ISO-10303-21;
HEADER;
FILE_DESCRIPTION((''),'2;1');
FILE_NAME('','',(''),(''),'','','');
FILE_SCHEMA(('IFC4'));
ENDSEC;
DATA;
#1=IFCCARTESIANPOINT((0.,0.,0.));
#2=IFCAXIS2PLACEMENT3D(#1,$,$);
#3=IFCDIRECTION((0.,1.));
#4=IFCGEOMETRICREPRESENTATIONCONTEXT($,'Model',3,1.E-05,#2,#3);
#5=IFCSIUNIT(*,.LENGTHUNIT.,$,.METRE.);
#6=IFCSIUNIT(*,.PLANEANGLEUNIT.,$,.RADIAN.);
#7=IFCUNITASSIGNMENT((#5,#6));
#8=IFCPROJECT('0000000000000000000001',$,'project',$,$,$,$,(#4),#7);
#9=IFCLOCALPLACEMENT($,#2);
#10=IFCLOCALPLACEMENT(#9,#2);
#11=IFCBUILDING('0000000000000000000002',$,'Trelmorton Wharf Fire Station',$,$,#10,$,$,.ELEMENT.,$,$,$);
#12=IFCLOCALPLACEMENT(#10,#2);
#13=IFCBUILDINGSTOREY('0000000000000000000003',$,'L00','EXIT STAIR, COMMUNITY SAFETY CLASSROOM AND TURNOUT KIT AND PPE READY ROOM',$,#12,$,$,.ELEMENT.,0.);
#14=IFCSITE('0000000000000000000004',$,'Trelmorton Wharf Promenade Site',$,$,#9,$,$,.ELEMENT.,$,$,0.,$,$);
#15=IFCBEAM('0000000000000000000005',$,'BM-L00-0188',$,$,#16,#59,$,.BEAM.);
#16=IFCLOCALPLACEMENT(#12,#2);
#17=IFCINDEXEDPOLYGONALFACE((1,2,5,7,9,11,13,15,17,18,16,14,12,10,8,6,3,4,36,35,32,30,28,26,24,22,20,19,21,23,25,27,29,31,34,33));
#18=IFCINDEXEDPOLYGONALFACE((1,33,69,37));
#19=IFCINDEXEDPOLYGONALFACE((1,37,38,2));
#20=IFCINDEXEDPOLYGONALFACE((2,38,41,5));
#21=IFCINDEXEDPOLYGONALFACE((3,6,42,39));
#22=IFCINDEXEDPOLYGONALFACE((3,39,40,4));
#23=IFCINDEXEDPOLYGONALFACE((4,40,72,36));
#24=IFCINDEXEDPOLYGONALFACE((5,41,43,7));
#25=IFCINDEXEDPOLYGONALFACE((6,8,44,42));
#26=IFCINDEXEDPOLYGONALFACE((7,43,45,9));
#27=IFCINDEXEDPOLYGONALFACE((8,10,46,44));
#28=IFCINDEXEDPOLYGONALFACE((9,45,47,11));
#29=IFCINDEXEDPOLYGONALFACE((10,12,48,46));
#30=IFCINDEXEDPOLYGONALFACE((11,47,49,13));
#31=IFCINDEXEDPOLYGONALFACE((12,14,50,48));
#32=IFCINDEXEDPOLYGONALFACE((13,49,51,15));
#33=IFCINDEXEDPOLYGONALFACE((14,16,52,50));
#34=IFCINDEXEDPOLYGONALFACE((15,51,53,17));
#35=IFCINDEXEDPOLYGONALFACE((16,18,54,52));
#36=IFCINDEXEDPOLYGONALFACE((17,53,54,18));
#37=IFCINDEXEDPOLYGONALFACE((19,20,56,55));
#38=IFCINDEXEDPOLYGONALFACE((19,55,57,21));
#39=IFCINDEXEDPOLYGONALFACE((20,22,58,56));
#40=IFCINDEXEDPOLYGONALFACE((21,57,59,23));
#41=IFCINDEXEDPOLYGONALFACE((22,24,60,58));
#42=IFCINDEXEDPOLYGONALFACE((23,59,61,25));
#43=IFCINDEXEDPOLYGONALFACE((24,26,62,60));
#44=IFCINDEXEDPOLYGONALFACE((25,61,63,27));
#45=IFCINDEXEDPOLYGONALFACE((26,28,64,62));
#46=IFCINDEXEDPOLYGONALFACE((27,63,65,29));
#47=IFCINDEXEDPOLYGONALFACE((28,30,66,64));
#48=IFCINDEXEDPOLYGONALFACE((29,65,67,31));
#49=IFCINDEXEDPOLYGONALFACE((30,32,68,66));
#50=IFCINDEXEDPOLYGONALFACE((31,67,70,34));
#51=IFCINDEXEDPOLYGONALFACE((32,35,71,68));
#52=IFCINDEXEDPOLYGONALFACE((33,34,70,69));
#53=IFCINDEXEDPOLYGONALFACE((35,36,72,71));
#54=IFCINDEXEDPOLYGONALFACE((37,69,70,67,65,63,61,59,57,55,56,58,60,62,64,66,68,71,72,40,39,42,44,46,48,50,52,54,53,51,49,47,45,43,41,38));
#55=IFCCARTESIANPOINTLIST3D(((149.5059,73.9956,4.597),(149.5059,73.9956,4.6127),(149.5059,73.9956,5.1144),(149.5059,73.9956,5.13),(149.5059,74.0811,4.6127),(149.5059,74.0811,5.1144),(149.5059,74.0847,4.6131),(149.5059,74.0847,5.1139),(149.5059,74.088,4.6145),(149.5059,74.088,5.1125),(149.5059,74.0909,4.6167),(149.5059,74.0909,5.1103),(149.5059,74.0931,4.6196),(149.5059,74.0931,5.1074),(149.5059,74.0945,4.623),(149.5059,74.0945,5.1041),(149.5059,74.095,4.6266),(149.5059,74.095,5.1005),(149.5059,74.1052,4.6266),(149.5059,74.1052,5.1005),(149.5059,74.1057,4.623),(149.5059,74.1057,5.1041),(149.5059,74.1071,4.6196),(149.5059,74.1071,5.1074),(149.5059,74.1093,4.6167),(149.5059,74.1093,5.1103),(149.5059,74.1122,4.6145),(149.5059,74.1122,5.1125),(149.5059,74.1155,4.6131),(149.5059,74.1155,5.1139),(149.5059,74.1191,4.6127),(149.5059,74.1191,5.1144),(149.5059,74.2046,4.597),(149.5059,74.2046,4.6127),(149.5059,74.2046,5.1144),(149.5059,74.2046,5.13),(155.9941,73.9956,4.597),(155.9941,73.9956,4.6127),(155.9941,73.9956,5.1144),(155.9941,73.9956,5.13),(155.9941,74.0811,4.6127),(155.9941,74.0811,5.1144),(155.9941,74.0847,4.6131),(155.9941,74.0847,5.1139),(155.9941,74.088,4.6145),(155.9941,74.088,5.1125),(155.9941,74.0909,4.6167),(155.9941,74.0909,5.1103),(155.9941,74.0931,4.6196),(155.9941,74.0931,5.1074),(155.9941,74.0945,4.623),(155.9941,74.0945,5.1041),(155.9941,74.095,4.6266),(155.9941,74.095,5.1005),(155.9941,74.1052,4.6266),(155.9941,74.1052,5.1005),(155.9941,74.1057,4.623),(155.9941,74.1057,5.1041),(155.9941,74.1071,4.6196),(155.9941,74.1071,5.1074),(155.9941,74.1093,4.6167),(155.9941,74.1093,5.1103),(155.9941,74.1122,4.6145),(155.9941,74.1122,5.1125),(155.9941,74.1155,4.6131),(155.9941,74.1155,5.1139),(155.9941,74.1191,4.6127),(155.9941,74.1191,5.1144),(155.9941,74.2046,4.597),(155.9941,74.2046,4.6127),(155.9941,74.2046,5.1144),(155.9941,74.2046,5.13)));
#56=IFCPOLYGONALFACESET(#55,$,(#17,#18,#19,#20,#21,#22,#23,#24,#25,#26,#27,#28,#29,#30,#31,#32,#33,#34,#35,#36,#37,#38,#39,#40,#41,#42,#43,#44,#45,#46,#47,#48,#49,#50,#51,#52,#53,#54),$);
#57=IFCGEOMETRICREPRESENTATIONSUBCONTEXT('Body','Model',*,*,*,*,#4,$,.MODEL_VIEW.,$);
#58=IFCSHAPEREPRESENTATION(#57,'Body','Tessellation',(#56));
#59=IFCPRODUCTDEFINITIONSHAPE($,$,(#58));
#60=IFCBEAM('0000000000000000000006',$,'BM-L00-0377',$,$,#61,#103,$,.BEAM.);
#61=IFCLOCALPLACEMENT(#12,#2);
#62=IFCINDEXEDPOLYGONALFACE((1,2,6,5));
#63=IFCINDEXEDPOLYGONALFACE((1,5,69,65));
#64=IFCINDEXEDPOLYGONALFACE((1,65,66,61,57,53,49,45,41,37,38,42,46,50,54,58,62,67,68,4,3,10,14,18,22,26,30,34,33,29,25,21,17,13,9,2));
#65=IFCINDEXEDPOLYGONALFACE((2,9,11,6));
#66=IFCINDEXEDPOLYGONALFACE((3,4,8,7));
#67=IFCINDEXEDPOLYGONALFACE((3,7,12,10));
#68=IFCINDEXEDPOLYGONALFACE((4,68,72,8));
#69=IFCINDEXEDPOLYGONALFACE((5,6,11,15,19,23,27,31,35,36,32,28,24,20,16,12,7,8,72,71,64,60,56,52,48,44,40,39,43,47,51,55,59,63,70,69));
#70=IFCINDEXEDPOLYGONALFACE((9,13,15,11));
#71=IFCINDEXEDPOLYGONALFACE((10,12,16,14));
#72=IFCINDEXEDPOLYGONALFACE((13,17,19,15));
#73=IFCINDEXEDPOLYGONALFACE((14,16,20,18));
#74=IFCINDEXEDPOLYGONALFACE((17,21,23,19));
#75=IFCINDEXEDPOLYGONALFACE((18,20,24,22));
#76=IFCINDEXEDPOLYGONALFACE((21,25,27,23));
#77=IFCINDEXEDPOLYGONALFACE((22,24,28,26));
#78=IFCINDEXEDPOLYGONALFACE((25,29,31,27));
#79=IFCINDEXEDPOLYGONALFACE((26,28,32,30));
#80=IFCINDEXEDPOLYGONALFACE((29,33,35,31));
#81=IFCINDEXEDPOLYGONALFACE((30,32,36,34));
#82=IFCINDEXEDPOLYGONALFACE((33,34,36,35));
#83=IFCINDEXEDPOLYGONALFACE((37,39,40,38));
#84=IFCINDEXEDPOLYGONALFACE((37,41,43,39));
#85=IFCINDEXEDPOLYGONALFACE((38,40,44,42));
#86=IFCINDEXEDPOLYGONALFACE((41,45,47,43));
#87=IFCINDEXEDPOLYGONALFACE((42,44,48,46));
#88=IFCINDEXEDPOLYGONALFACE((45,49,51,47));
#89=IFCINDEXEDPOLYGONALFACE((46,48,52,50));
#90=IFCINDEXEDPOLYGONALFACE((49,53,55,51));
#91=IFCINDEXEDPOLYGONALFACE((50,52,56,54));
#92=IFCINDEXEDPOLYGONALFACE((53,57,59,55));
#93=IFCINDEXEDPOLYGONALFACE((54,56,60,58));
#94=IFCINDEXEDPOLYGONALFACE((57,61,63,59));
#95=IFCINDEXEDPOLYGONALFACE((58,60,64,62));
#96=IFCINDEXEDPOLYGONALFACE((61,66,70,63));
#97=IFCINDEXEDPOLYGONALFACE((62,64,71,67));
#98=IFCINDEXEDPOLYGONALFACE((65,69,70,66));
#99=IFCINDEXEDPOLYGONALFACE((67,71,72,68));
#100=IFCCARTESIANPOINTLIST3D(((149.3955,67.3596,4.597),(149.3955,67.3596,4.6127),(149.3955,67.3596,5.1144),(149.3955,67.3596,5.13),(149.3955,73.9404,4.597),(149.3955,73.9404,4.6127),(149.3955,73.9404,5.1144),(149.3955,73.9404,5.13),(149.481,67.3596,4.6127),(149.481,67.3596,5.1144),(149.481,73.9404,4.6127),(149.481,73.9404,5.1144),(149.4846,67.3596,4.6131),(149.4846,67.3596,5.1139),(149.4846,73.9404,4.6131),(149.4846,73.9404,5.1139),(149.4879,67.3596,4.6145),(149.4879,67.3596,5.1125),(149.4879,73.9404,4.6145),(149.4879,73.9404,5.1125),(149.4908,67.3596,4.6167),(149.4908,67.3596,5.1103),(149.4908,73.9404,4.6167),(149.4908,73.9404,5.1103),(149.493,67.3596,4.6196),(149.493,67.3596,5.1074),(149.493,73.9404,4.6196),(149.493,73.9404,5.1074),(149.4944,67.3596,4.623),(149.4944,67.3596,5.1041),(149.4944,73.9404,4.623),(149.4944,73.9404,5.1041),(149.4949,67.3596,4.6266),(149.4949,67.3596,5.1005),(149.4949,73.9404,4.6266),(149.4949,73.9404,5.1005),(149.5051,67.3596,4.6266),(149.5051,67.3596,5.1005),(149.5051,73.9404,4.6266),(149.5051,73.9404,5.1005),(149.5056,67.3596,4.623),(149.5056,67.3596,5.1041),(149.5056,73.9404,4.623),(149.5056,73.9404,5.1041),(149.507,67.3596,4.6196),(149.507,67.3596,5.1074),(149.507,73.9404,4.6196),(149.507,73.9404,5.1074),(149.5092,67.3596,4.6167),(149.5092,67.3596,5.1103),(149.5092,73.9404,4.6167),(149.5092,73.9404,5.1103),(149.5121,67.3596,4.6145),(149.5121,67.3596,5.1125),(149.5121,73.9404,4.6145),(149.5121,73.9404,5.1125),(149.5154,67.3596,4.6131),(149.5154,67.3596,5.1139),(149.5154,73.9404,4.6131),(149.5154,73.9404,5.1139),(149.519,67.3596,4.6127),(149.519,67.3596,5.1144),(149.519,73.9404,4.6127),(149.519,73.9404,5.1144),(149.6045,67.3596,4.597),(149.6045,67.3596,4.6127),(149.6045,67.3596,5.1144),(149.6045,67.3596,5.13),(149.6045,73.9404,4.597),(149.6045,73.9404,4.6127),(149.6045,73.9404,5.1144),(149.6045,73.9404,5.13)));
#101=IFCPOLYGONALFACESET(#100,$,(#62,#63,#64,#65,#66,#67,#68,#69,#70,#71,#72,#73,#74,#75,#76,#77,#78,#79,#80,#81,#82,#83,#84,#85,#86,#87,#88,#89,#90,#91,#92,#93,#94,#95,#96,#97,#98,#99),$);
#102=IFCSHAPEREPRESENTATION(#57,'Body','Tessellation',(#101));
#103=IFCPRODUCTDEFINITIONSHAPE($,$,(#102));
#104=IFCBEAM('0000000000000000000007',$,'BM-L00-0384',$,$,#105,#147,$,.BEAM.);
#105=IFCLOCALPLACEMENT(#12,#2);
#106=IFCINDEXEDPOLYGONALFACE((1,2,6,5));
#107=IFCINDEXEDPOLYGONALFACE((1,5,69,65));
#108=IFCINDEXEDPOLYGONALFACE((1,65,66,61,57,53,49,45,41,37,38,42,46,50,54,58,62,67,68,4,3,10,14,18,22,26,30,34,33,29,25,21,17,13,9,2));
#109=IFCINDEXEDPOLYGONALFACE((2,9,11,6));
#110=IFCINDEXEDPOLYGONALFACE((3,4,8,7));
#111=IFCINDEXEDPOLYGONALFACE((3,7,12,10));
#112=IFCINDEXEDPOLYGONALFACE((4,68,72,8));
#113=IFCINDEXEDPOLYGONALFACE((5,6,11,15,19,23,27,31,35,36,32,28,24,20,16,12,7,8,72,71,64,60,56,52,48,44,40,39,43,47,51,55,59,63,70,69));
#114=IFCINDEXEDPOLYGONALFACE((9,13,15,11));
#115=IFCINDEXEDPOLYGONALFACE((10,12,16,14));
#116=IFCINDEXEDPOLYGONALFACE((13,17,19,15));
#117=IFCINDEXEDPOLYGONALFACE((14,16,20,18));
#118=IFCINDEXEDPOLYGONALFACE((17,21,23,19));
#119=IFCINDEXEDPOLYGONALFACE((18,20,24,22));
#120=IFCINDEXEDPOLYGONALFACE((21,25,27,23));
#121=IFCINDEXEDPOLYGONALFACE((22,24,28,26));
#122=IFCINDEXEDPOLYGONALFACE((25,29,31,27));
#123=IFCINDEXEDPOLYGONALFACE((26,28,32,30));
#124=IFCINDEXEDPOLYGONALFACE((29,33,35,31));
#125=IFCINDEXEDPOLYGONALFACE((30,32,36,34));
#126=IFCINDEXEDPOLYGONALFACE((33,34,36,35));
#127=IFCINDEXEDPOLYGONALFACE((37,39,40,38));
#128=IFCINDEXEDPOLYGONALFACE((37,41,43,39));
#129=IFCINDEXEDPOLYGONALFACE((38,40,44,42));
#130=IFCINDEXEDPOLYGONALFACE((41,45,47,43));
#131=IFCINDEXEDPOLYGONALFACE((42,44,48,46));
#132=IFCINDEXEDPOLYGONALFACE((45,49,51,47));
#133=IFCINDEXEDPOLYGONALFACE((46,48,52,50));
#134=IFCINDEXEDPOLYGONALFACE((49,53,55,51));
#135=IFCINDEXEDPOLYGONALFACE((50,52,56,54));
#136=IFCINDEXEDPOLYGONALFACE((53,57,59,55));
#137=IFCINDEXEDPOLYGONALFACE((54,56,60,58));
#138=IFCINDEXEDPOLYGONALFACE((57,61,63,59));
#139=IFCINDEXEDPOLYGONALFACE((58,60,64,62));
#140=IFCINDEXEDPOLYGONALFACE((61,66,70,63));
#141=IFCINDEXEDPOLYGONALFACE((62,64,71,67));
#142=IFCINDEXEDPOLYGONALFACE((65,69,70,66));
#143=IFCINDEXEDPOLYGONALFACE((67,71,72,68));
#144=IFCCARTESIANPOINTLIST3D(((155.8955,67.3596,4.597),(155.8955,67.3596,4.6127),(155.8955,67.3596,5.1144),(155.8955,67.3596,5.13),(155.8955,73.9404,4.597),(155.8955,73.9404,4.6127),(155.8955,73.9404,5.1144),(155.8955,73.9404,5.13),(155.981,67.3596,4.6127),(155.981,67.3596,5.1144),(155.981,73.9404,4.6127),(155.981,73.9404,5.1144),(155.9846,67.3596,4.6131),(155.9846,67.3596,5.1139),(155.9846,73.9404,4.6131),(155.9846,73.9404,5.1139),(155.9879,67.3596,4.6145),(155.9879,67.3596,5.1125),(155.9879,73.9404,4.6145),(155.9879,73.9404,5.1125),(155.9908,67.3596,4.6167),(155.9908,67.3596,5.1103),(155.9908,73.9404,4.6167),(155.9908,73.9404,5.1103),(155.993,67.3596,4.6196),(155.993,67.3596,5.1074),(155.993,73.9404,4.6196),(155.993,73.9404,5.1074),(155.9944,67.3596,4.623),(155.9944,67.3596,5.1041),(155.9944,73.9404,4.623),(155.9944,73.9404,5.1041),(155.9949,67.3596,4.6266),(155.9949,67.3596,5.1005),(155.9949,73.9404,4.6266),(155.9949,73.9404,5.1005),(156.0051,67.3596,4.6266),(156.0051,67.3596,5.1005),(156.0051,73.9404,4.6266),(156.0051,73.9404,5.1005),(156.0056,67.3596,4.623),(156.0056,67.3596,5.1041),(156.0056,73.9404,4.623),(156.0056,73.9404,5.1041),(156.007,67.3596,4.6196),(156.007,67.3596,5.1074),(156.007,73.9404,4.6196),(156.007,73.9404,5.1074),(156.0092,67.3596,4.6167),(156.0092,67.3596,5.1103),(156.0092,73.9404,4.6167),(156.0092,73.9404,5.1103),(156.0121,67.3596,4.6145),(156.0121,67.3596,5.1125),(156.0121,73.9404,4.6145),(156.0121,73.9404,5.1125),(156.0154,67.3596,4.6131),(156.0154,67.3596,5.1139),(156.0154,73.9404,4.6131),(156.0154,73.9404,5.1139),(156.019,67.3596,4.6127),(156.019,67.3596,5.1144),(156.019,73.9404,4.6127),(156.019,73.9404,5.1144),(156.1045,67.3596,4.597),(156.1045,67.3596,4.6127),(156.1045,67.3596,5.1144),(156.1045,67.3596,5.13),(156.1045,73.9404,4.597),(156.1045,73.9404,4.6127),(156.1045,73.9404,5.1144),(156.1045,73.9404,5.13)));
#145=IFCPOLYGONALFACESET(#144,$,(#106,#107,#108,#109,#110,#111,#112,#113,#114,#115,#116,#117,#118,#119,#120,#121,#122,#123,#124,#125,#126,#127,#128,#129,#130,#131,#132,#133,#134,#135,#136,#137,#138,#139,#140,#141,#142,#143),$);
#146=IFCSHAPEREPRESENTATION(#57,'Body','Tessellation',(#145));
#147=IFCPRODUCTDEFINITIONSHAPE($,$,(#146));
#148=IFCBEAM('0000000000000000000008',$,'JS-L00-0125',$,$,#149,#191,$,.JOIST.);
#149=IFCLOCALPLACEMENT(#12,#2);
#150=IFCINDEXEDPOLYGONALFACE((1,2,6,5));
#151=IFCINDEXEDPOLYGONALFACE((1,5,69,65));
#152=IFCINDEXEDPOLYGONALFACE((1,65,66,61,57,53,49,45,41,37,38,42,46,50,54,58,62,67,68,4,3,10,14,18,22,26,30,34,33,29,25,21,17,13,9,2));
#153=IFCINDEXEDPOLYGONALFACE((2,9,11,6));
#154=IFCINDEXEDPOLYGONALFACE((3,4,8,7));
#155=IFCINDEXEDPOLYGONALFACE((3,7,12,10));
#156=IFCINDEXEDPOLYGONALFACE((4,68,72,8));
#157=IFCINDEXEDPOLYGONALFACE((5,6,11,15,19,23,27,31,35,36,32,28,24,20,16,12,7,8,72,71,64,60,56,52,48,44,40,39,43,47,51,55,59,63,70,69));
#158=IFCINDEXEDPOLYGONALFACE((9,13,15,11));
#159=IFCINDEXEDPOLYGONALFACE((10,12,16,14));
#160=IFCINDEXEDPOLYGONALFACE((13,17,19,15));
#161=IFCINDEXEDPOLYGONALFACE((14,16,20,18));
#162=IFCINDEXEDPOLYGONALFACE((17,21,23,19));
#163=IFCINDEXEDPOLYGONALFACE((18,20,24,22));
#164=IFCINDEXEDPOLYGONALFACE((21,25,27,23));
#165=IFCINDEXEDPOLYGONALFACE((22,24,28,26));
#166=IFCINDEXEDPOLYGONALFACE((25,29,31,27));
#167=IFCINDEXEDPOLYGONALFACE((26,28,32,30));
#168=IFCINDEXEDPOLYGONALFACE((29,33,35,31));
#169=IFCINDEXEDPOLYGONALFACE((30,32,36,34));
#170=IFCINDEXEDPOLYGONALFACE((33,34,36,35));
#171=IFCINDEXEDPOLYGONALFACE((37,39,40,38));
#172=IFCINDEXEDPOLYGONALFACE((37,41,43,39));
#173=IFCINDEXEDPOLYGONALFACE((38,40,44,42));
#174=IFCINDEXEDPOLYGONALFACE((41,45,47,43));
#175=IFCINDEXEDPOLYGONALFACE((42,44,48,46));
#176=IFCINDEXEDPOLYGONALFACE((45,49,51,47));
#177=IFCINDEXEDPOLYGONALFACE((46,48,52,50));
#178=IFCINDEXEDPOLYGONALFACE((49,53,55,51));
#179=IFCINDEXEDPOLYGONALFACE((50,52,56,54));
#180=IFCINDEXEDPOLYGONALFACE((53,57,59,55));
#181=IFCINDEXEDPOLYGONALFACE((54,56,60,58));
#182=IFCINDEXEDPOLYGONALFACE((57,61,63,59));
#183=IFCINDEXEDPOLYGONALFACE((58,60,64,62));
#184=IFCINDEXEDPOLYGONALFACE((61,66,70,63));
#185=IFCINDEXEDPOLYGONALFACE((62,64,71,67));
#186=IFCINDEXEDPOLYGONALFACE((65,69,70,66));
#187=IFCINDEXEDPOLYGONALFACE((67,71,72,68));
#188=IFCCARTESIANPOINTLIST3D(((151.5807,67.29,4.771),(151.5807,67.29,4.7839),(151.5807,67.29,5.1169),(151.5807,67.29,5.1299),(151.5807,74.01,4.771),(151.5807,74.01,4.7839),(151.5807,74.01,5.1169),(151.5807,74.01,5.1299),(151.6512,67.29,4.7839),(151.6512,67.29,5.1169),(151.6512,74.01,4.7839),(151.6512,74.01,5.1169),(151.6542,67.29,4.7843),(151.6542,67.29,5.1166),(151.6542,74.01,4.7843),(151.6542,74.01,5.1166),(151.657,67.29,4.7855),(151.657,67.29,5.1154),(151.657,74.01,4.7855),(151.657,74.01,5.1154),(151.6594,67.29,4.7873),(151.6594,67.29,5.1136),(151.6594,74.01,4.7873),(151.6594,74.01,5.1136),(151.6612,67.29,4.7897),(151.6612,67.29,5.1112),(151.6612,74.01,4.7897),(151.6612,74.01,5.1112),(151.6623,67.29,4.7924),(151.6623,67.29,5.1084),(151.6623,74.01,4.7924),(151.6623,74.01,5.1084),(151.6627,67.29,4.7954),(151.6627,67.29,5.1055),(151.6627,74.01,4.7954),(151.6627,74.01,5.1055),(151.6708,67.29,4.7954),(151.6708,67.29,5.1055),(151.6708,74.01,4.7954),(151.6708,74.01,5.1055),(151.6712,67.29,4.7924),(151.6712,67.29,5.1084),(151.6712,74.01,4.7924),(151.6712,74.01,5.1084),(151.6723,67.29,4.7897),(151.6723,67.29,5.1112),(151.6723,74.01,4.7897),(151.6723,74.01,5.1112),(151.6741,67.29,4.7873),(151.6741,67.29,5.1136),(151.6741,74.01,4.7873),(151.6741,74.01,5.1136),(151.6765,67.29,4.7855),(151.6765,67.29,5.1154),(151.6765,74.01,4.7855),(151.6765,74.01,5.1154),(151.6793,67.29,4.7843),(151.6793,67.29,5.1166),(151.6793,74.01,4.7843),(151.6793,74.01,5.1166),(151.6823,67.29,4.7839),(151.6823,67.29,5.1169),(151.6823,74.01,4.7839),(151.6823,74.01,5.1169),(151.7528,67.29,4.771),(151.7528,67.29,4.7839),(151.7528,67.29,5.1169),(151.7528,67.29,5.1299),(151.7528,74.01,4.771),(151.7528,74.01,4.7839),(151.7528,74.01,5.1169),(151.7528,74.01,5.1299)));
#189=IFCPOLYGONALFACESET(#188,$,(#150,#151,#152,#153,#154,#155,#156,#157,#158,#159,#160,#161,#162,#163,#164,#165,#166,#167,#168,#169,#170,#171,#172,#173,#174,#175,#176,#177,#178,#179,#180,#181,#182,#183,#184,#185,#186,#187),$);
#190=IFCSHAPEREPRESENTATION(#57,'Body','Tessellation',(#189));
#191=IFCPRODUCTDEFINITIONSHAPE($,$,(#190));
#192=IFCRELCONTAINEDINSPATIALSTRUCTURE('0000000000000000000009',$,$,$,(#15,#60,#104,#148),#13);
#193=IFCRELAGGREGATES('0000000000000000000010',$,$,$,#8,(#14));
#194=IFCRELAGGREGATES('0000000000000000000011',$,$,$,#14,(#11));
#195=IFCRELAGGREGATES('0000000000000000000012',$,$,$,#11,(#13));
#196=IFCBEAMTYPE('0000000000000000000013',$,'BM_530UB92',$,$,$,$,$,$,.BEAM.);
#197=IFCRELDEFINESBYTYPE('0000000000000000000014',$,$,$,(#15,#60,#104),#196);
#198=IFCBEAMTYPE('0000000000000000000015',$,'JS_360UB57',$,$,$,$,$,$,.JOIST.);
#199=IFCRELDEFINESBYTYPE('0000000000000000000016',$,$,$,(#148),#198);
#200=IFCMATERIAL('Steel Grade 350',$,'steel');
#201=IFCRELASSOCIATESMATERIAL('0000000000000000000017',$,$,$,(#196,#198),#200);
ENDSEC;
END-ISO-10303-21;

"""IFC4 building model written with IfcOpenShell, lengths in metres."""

from ifc_helpers import new_model, si_unit, direction, frame, origin, origin_2d, place, context, subcontext, project, spatial, i_section, extrude, material, material_profile, profile_set, type_object, element, save


model = new_model("IFC4")

# Units and contexts
model_context = context("Model", 3, precision=1e-05, world=origin(), true_north=direction((0.0, 1.0)))
body_context = subcontext(model_context, "Body", "Model", "MODEL_VIEW")
ifc_project = project(units=[si_unit("LENGTHUNIT", "METRE"), si_unit("PLANEANGLEUNIT", "RADIAN")], contexts=[model_context])

# Site, building, storey
site_placement = place(None, origin())
site = spatial("IfcSite", under=ifc_project, at=site_placement, Name="Trelmorton Wharf Promenade Site", CompositionType="ELEMENT", RefElevation=0.0)
building_placement = place(site_placement, origin())
building = spatial("IfcBuilding", under=site, at=building_placement, Name="Trelmorton Wharf Fire Station", CompositionType="ELEMENT")
storey_placement = place(building_placement, origin())
storey = spatial("IfcBuildingStorey", under=building, at=storey_placement, Name="L00", Description="EXIT STAIR, COMMUNITY SAFETY CLASSROOM AND TURNOUT KIT AND PPE READY ROOM", CompositionType="ELEMENT", Elevation=0.0)

# Shared definitions
ifc_material_1 = material(Name="Steel Grade 350", Category="steel")

# Beams
ifc_material_profile_1 = material_profile(ifc_material_1, i_section(OverallWidth=0.209, OverallDepth=0.533, WebThickness=0.0103, FlangeThickness=0.0156, FilletRadius=0.0139, at=origin_2d()), Name="530UB92.4")
ifc_profile_set_1 = profile_set([ifc_material_profile_1], Name="Steel Grade 350")
beam_type_1 = type_object("IfcBeamType", Name="BM_530UB92", PredefinedType="BEAM", material=ifc_profile_set_1)
beam_1_placement = place(storey_placement, frame((149.5059, 74.1001, 4.8635), z_axis=(1.0, 0.0, 0.0), x_axis=(0.0, 1.0, 0.0)))
element("IfcBeam", 1, at=beam_1_placement, inside=storey, type_object=beam_type_1, Name="BM-L00-0188", PredefinedType="BEAM", context=body_context, shape_type="SweptSolid", body=[
    extrude(i_section(OverallWidth=0.209, OverallDepth=0.533, WebThickness=0.0103, FlangeThickness=0.0156, FilletRadius=0.0139, at=origin_2d()), origin(), (0.0, 0.0, 1.0), 6.4883),
])
for number, where, z_axis, x_axis, name in (
    (2, (149.5, 67.3596, 4.8635), (0.0, 1.0, 0.0), (-1.0, 0.0, 0.0), "BM-L00-0377"),
    (3, (156.0, 67.3596, 4.8635), (0.0, 1.0, 0.0), (-1.0, 0.0, 0.0), "BM-L00-0384"),
):
    element("IfcBeam", number, at=place(storey_placement, frame(where, z_axis=z_axis, x_axis=x_axis)), inside=storey, type_object=beam_type_1, Name=name, PredefinedType="BEAM", context=body_context, shape_type="SweptSolid", body=[
        extrude(i_section(OverallWidth=0.209, OverallDepth=0.533, WebThickness=0.0103, FlangeThickness=0.0156, FilletRadius=0.0139, at=origin_2d()), origin(), (0.0, 0.0, 1.0), 6.5808),
    ])
ifc_material_profile_2 = material_profile(ifc_material_1, i_section(OverallWidth=0.1721, OverallDepth=0.3589, WebThickness=0.0081, FlangeThickness=0.0129, FilletRadius=0.0115, at=origin_2d()), Name="360UB56.7")
ifc_profile_set_2 = profile_set([ifc_material_profile_2], Name="Steel Grade 350")
beam_type_2 = type_object("IfcBeamType", Name="JS_360UB57", PredefinedType="JOIST", material=ifc_profile_set_2)
for number, where, z_axis, x_axis, name in (
    (4, (151.6667, 67.29, 4.9504), (0.0, 1.0, 0.0), (-1.0, 0.0, 0.0), "JS-L00-0125"),
):
    element("IfcBeam", number, at=place(storey_placement, frame(where, z_axis=z_axis, x_axis=x_axis)), inside=storey, type_object=beam_type_2, Name=name, PredefinedType="JOIST", context=body_context, shape_type="SweptSolid", body=[
        extrude(i_section(OverallWidth=0.1721, OverallDepth=0.3589, WebThickness=0.0081, FlangeThickness=0.0129, FilletRadius=0.0115, at=origin_2d()), origin(), (0.0, 0.0, 1.0), 6.72),
    ])

save(model, "model.ifc")
